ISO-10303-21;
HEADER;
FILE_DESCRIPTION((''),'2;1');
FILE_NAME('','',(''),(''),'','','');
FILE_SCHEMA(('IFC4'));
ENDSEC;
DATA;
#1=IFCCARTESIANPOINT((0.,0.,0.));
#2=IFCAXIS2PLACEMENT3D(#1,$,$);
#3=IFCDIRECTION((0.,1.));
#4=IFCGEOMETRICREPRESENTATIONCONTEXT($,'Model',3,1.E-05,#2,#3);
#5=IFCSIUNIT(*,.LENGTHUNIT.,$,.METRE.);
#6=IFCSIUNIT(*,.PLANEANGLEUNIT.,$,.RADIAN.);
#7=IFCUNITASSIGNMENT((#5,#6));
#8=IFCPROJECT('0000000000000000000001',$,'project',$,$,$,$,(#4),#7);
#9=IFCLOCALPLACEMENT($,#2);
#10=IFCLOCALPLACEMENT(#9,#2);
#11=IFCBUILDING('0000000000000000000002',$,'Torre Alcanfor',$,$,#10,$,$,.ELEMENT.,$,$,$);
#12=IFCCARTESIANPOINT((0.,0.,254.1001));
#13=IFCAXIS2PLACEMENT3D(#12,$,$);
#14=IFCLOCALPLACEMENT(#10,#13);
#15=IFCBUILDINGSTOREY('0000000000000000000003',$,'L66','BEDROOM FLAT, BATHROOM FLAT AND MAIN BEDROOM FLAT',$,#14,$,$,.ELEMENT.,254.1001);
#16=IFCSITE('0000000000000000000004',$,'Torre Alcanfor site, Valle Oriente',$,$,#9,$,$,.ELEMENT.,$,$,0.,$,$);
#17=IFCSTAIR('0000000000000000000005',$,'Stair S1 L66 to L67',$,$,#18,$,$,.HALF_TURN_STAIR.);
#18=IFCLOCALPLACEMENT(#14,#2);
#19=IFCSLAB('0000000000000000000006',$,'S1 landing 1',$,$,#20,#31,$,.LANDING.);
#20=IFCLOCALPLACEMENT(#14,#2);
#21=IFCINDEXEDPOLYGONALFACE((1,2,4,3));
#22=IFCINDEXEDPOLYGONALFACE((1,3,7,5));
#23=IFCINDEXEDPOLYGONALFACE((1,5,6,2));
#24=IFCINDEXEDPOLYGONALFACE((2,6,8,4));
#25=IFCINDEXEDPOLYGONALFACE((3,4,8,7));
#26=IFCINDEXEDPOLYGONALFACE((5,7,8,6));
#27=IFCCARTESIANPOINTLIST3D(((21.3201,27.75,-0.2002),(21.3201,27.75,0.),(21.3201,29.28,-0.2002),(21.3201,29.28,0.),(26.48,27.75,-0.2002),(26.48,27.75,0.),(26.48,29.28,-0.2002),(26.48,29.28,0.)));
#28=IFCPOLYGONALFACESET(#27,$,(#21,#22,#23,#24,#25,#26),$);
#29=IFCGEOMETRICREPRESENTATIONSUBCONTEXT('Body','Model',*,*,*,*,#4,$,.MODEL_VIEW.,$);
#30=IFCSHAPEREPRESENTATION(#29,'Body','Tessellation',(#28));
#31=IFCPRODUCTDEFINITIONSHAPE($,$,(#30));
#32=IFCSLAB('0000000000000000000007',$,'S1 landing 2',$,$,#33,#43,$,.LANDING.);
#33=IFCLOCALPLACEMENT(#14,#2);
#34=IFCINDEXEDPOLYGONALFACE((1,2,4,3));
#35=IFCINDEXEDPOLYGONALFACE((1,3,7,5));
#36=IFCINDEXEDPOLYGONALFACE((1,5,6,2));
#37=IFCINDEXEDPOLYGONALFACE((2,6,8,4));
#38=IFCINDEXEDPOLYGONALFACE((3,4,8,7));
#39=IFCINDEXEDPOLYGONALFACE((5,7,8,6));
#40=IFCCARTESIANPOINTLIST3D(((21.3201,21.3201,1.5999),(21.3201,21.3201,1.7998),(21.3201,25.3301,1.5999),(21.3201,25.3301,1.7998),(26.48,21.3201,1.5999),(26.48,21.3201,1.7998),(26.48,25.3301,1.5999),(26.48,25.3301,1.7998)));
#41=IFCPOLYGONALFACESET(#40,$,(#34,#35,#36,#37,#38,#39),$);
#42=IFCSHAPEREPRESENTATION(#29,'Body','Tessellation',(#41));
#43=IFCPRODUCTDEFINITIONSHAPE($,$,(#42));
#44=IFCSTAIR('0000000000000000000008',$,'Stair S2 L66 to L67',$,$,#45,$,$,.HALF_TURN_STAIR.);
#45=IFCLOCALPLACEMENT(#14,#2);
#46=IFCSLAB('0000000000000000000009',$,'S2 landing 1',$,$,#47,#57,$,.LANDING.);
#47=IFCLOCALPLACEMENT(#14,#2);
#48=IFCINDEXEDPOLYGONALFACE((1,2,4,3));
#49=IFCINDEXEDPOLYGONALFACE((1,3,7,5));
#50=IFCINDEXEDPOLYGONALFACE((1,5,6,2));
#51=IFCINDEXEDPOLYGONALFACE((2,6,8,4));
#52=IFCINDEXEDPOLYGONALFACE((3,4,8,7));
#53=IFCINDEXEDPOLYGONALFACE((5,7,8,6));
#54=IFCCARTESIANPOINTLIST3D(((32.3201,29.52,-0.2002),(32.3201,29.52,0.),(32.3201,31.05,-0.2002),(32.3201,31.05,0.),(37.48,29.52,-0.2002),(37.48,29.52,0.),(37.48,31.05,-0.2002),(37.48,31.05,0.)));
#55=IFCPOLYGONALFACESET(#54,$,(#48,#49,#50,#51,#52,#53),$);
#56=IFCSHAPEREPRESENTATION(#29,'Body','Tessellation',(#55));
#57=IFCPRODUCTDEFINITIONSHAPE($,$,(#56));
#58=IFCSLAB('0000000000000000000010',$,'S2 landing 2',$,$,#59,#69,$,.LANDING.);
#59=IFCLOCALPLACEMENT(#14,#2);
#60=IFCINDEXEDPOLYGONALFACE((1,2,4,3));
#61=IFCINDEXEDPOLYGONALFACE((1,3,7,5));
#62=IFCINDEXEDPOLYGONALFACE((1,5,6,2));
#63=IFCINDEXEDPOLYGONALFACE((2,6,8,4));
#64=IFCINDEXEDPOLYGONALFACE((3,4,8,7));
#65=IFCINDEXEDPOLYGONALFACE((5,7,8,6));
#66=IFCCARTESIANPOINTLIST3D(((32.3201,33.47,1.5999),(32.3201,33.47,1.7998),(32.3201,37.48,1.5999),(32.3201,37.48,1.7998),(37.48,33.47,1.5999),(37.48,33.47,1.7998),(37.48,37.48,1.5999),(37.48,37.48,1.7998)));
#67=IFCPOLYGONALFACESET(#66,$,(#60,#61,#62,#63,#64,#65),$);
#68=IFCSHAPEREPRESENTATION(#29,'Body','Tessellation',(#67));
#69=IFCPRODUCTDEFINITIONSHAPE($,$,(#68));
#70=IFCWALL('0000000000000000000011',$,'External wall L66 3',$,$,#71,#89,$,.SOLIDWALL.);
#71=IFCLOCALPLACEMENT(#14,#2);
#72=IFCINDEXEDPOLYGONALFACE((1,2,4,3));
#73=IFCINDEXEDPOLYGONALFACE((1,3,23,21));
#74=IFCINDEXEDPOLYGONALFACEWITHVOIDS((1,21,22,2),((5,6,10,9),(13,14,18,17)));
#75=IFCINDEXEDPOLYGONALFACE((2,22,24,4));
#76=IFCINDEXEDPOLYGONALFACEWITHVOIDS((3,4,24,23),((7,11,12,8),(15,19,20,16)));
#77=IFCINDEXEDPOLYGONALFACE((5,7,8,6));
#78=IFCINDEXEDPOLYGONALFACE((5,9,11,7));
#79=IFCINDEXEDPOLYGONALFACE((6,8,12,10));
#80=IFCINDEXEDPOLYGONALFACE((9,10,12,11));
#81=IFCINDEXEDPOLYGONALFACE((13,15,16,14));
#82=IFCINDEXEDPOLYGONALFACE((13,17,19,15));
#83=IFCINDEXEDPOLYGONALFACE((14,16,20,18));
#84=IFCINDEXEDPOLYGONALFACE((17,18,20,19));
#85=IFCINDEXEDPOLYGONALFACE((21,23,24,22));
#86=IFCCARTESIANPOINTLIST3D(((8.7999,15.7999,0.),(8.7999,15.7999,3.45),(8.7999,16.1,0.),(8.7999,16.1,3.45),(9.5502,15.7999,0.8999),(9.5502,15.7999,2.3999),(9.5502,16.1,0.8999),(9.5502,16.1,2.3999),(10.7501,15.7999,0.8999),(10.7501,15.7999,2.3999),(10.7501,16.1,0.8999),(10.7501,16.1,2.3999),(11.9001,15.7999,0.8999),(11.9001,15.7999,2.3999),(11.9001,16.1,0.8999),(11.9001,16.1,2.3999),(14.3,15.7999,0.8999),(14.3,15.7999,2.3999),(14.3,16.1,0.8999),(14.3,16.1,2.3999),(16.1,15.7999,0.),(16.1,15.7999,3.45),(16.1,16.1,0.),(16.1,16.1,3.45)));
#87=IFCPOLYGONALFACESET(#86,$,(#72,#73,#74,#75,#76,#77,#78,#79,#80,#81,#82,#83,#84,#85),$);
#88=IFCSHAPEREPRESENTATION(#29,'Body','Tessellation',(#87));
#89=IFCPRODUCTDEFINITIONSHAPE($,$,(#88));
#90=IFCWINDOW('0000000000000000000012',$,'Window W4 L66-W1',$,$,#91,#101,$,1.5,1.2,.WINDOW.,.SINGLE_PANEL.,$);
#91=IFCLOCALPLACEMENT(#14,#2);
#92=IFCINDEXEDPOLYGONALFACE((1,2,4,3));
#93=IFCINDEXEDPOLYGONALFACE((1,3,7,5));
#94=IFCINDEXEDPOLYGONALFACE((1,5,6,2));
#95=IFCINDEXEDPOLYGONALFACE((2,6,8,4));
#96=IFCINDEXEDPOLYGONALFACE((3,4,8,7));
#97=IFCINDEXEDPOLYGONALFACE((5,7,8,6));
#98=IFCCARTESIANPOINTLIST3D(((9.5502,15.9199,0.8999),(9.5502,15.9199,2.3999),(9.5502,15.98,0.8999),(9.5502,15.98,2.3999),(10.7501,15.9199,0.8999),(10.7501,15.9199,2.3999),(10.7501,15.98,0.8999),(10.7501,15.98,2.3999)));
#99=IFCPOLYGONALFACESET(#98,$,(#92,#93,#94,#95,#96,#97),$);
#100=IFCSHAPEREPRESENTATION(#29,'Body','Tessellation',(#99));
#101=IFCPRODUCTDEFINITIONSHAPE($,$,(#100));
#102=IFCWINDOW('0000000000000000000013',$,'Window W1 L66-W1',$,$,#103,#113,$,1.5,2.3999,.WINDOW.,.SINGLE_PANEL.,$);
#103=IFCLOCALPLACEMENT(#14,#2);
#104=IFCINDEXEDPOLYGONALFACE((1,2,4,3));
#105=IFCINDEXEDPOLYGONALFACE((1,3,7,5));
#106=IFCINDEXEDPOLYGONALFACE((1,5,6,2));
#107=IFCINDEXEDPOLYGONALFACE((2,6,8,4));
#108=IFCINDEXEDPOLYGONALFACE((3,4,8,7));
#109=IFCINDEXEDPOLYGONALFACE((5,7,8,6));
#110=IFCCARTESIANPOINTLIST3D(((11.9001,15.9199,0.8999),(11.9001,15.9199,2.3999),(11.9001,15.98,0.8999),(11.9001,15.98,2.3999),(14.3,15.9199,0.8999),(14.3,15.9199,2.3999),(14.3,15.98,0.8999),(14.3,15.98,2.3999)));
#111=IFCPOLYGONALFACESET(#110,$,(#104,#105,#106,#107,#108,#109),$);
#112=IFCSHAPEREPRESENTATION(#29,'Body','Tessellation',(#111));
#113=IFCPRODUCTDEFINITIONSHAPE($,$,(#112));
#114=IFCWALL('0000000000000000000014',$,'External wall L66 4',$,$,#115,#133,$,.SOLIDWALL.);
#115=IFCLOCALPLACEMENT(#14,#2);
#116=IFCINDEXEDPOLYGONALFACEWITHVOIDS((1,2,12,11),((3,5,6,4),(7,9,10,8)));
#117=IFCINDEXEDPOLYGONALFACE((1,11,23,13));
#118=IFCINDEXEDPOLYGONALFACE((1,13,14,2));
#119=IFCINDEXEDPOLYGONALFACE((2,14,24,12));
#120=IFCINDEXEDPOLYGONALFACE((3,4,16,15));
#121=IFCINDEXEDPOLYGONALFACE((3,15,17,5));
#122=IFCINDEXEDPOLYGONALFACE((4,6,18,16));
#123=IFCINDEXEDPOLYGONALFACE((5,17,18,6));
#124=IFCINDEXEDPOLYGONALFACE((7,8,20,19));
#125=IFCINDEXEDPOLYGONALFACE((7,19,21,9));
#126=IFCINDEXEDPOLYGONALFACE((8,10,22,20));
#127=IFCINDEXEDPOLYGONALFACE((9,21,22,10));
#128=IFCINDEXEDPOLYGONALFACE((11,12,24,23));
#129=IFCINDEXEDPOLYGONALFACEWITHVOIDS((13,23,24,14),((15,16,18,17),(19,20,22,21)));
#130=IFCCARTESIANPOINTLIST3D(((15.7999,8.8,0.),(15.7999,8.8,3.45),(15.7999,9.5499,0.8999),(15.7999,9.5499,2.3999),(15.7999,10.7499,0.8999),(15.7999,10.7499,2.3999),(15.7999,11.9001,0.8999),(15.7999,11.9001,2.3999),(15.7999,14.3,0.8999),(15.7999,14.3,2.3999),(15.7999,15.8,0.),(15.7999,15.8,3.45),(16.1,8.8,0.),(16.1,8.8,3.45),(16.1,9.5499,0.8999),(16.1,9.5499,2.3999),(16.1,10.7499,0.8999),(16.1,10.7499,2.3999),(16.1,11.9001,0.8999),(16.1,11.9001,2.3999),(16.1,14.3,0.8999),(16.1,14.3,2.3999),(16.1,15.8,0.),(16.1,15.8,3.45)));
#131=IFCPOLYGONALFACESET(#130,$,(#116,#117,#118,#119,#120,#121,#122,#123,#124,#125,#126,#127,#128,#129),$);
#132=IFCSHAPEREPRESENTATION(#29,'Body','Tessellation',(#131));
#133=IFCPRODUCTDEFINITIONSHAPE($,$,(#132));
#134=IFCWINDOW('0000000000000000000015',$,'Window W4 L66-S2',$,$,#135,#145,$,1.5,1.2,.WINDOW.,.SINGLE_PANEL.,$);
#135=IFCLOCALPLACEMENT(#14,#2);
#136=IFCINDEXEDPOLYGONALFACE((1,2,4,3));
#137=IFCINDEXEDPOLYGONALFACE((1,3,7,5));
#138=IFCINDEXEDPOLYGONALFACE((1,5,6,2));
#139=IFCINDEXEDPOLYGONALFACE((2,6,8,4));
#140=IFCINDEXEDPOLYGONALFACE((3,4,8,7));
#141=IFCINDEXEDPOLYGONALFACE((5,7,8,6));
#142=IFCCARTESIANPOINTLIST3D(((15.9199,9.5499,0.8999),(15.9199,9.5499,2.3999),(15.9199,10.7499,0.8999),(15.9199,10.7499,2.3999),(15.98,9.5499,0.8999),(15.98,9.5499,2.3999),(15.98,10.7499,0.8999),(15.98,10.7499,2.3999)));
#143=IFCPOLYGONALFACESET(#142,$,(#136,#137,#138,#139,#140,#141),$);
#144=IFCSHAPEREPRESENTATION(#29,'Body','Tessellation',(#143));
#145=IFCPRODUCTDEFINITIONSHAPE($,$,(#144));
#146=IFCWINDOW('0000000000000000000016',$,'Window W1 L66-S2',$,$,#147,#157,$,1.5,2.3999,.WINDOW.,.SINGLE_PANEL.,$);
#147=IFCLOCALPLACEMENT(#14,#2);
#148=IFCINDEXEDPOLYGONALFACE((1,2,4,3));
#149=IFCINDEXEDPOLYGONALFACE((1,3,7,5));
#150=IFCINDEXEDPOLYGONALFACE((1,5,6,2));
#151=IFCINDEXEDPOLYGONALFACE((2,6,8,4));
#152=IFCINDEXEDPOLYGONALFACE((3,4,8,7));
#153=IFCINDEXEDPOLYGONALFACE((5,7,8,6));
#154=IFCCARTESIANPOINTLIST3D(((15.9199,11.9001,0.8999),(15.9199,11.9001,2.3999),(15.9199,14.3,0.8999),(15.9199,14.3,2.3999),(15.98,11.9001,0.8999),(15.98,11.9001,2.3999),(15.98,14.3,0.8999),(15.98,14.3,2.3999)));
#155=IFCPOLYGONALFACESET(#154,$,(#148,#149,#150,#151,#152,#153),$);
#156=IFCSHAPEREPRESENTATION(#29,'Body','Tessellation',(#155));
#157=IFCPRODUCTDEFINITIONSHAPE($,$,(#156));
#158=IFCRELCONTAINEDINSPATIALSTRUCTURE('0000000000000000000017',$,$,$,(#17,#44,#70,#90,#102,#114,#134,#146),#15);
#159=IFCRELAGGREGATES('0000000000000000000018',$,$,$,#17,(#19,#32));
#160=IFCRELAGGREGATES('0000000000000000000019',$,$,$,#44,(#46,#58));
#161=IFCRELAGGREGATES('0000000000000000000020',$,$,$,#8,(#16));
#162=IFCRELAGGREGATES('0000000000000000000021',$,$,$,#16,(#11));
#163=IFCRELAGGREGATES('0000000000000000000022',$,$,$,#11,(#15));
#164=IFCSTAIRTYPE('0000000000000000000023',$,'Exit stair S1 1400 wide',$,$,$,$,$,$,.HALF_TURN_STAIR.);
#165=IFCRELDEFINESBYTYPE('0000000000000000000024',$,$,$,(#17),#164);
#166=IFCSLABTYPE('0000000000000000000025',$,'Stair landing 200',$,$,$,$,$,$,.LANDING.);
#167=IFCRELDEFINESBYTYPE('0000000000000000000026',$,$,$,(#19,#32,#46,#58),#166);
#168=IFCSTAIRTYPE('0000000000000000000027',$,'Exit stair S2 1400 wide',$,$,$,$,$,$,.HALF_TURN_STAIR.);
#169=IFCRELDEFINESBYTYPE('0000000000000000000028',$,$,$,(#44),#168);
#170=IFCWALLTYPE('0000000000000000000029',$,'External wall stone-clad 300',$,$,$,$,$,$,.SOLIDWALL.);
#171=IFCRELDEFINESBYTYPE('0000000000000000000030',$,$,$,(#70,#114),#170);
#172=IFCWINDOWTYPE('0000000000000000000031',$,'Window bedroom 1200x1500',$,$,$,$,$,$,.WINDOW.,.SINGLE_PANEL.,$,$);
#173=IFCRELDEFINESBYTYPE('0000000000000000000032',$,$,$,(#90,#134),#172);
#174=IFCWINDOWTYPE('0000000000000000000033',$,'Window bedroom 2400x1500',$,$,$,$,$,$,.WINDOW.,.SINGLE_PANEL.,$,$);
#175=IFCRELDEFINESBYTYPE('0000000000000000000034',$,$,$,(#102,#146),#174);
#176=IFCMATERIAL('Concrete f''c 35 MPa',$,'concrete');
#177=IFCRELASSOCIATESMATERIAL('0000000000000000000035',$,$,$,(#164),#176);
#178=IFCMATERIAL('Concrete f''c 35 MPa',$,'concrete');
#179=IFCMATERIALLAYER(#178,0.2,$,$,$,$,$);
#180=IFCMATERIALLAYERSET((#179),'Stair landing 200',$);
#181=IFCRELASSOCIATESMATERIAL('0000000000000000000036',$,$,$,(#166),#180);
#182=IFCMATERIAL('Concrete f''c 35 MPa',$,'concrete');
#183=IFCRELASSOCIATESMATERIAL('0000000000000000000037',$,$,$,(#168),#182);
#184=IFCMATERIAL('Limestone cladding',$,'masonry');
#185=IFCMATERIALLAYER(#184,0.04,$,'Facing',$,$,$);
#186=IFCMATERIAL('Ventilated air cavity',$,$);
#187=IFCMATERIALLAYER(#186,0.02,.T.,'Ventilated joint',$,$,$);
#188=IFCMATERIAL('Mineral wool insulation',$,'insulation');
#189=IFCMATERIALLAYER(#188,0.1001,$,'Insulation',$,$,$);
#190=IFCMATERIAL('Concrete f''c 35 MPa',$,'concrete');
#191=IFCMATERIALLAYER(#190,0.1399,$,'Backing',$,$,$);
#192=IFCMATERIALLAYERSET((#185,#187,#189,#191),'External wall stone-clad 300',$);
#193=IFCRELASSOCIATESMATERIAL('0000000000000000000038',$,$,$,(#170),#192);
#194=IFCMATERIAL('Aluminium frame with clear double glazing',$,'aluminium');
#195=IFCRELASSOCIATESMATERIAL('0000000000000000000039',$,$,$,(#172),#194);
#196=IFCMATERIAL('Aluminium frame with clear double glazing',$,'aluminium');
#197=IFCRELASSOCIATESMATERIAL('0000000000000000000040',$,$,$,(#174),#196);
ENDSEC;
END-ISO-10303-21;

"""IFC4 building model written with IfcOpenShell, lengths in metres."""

from ifc_helpers import new_model, si_unit, direction, frame, frame_2d, origin, place, context, subcontext, project, spatial, polyline, rectangle, outline, extrude, material, layer, layer_set, type_object, element, fill, aggregate, save


model = new_model("IFC4")

# Units and contexts
model_context = context("Model", 3, precision=1e-05, world=origin(), true_north=direction((0.0, 1.0)))
body_context = subcontext(model_context, "Body", "Model", "MODEL_VIEW")
ifc_project = project(units=[si_unit("LENGTHUNIT", "METRE"), si_unit("PLANEANGLEUNIT", "RADIAN")], contexts=[model_context])

# Site, building, storey
site_placement = place(None, origin())
site = spatial("IfcSite", under=ifc_project, at=site_placement, Name="Torre Alcanfor site, Valle Oriente", CompositionType="ELEMENT", RefElevation=0.0)
building_placement = place(site_placement, origin())
building = spatial("IfcBuilding", under=site, at=building_placement, Name="Torre Alcanfor", CompositionType="ELEMENT")
storey_placement = place(building_placement, frame((0.0, 0.0, 254.1001)))
storey = spatial("IfcBuildingStorey", under=building, at=storey_placement, Name="L66", Description="BEDROOM FLAT, BATHROOM FLAT AND MAIN BEDROOM FLAT", CompositionType="ELEMENT", Elevation=254.1001)

# Stairs, slabs
ifc_material_1 = material(Name="Concrete f'c 35 MPa", Category="concrete")
stair_type_1 = type_object("IfcStairType", Name="Exit stair S1 1400 wide", PredefinedType="HALF_TURN_STAIR", material=ifc_material_1)
stair_1_placement = place(storey_placement, origin())
stair_1 = element("IfcStair", 1, at=stair_1_placement, inside=storey, type_object=stair_type_1, Name="Stair S1 L66 to L67", PredefinedType="HALF_TURN_STAIR")
ifc_material_2 = material(Name="Concrete f'c 35 MPa", Category="concrete")
ifc_layer_1 = layer(ifc_material_2, 0.2)
ifc_layer_set_1 = layer_set([ifc_layer_1], Name="Stair landing 200")
slab_type_1 = type_object("IfcSlabType", Name="Stair landing 200", PredefinedType="LANDING", material=ifc_layer_set_1)
slab_1_placement = place(storey_placement, frame((0.0, 0.0, -0.2002)))
slab_1 = element("IfcSlab", 2, at=slab_1_placement, type_object=slab_type_1, Name="S1 landing 1", PredefinedType="LANDING", context=body_context, shape_type="SweptSolid", body=[
    extrude(outline(polyline([(21.3201, 27.75), (26.48, 27.75), (26.48, 29.28), (21.3201, 29.28), (21.3201, 27.75)])), origin(), (0.0, 0.0, 1.0), 0.2002),
])
slab_2_placement = place(storey_placement, frame((0.0, 0.0, 1.5999)))
slab_2 = element("IfcSlab", 3, at=slab_2_placement, type_object=slab_type_1, Name="S1 landing 2", PredefinedType="LANDING", context=body_context, shape_type="SweptSolid", body=[
    extrude(outline(polyline([(21.3201, 21.3201), (26.48, 21.3201), (26.48, 25.3301), (21.3201, 25.3301), (21.3201, 21.3201)])), origin(), (0.0, 0.0, 1.0), 0.2),
])
aggregate(stair_1, [slab_1, slab_2])
ifc_material_3 = material(Name="Concrete f'c 35 MPa", Category="concrete")
stair_type_2 = type_object("IfcStairType", Name="Exit stair S2 1400 wide", PredefinedType="HALF_TURN_STAIR", material=ifc_material_3)
stair_2_placement = place(storey_placement, origin())
stair_2 = element("IfcStair", 4, at=stair_2_placement, inside=storey, type_object=stair_type_2, Name="Stair S2 L66 to L67", PredefinedType="HALF_TURN_STAIR")
slab_3_placement = place(storey_placement, frame((0.0, 0.0, -0.2002)))
slab_3 = element("IfcSlab", 5, at=slab_3_placement, type_object=slab_type_1, Name="S2 landing 1", PredefinedType="LANDING", context=body_context, shape_type="SweptSolid", body=[
    extrude(outline(polyline([(32.3201, 29.52), (37.48, 29.52), (37.48, 31.05), (32.3201, 31.05), (32.3201, 29.52)])), origin(), (0.0, 0.0, 1.0), 0.2002),
])
slab_4_placement = place(storey_placement, frame((0.0, 0.0, 1.5999)))
slab_4 = element("IfcSlab", 6, at=slab_4_placement, type_object=slab_type_1, Name="S2 landing 2", PredefinedType="LANDING", context=body_context, shape_type="SweptSolid", body=[
    extrude(outline(polyline([(32.3201, 33.47), (37.48, 33.47), (37.48, 37.48), (32.3201, 37.48), (32.3201, 33.47)])), origin(), (0.0, 0.0, 1.0), 0.2),
])
aggregate(stair_2, [slab_3, slab_4])

# Walls, openings, windows
ifc_material_4 = material(Name="Limestone cladding", Category="masonry")
ifc_layer_2 = layer(ifc_material_4, 0.04, Name="Facing")
ifc_material_5 = material(Name="Ventilated air cavity")
ifc_layer_3 = layer(ifc_material_5, 0.02, ventilated=True, Name="Ventilated joint")
ifc_material_6 = material(Name="Mineral wool insulation", Category="insulation")
ifc_layer_4 = layer(ifc_material_6, 0.1001, Name="Insulation")
ifc_material_7 = material(Name="Concrete f'c 35 MPa", Category="concrete")
ifc_layer_5 = layer(ifc_material_7, 0.1399, Name="Backing")
ifc_layer_set_2 = layer_set([ifc_layer_2, ifc_layer_3, ifc_layer_4, ifc_layer_5], Name="External wall stone-clad 300")
wall_type_1 = type_object("IfcWallType", Name="External wall stone-clad 300", PredefinedType="SOLIDWALL", material=ifc_layer_set_2)
wall_1_placement = place(storey_placement, frame((8.8, 15.95, 0.0), z_axis=(0.0, 0.0, 1.0), x_axis=(1.0, 0.0, 0.0)))
wall_1 = element("IfcWall", 7, at=wall_1_placement, inside=storey, type_object=wall_type_1, Name="External wall L66 3", PredefinedType="SOLIDWALL", context=body_context, shape_type="SweptSolid", body=[
    extrude(rectangle(XDim=7.3, YDim=0.3, at=frame_2d((3.6499, 0.0))), origin(), (0.0, 0.0, 1.0), 3.45),
])
opening_1_placement = place(wall_1_placement, frame((3.1001, 0.0, 0.8999)))
opening_1 = element("IfcOpeningElement", 8, at=opening_1_placement, cuts=wall_1, PredefinedType="OPENING", context=body_context, shape_type="SweptSolid", body=[
    extrude(rectangle(XDim=2.3999, YDim=1.5, at=frame_2d((1.2, 0.75))), frame((0.0, 0.1599, 0.0), z_axis=(0.0, -1.0, 0.0), x_axis=(1.0, 0.0, 0.0)), (0.0, 0.0, 1.0), 0.3201),
])
opening_2_placement = place(wall_1_placement, frame((0.75, 0.0, 0.8999)))
opening_2 = element("IfcOpeningElement", 9, at=opening_2_placement, cuts=wall_1, PredefinedType="OPENING", context=body_context, shape_type="SweptSolid", body=[
    extrude(rectangle(XDim=1.2, YDim=1.5, at=frame_2d((0.6001, 0.75))), frame((0.0, 0.1599, 0.0), z_axis=(0.0, -1.0, 0.0), x_axis=(1.0, 0.0, 0.0)), (0.0, 0.0, 1.0), 0.3201),
])
ifc_material_8 = material(Name="Aluminium frame with clear double glazing", Category="aluminium")
window_type_1 = type_object("IfcWindowType", Name="Window bedroom 1200x1500", PartitioningType="SINGLE_PANEL", PredefinedType="WINDOW", material=ifc_material_8)
window_1_placement = place(opening_2_placement, origin())
window_1 = element("IfcWindow", 10, at=window_1_placement, inside=storey, type_object=window_type_1, Name="Window W4 L66-W1", OverallHeight=1.5, OverallWidth=1.2, PartitioningType="SINGLE_PANEL", PredefinedType="WINDOW", context=body_context, shape_type="SweptSolid", body=[
    extrude(rectangle(XDim=1.2, YDim=1.5, at=frame_2d((0.6001, 0.75))), frame((0.0, 0.03, 0.0), z_axis=(0.0, -1.0, 0.0), x_axis=(1.0, 0.0, 0.0)), (0.0, 0.0, 1.0), 0.0601),
])
fill(opening_2, window_1)
ifc_material_9 = material(Name="Aluminium frame with clear double glazing", Category="aluminium")
window_type_2 = type_object("IfcWindowType", Name="Window bedroom 2400x1500", PartitioningType="SINGLE_PANEL", PredefinedType="WINDOW", material=ifc_material_9)
window_2_placement = place(opening_1_placement, origin())
window_2 = element("IfcWindow", 11, at=window_2_placement, inside=storey, type_object=window_type_2, Name="Window W1 L66-W1", OverallHeight=1.5, OverallWidth=2.3999, PartitioningType="SINGLE_PANEL", PredefinedType="WINDOW", context=body_context, shape_type="SweptSolid", body=[
    extrude(rectangle(XDim=2.3999, YDim=1.5, at=frame_2d((1.2, 0.75))), frame((0.0, 0.03, 0.0), z_axis=(0.0, -1.0, 0.0), x_axis=(1.0, 0.0, 0.0)), (0.0, 0.0, 1.0), 0.0601),
])
fill(opening_1, window_2)
wall_2_placement = place(storey_placement, frame((15.95, 15.8, 0.0), z_axis=(0.0, 0.0, 1.0), x_axis=(0.0, -1.0, 0.0)))
wall_2 = element("IfcWall", 12, at=wall_2_placement, inside=storey, type_object=wall_type_1, Name="External wall L66 4", PredefinedType="SOLIDWALL", context=body_context, shape_type="SweptSolid", body=[
    extrude(rectangle(XDim=7.0, YDim=0.3, at=frame_2d((3.5, 0.0))), origin(), (0.0, 0.0, 1.0), 3.45),
])
opening_3_placement = place(wall_2_placement, frame((1.5, 0.0, 0.8999)))
opening_3 = element("IfcOpeningElement", 13, at=opening_3_placement, cuts=wall_2, PredefinedType="OPENING", context=body_context, shape_type="SweptSolid", body=[
    extrude(rectangle(XDim=2.3999, YDim=1.5, at=frame_2d((1.2, 0.75))), frame((0.0, 0.1599, 0.0), z_axis=(0.0, -1.0, 0.0), x_axis=(1.0, 0.0, 0.0)), (0.0, 0.0, 1.0), 0.3201),
])
opening_4_placement = place(wall_2_placement, frame((5.05, 0.0, 0.8999)))
opening_4 = element("IfcOpeningElement", 14, at=opening_4_placement, cuts=wall_2, PredefinedType="OPENING", context=body_context, shape_type="SweptSolid", body=[
    extrude(rectangle(XDim=1.2, YDim=1.5, at=frame_2d((0.6001, 0.75))), frame((0.0, 0.1599, 0.0), z_axis=(0.0, -1.0, 0.0), x_axis=(1.0, 0.0, 0.0)), (0.0, 0.0, 1.0), 0.3201),
])
window_3_placement = place(opening_4_placement, origin())
window_3 = element("IfcWindow", 15, at=window_3_placement, inside=storey, type_object=window_type_1, Name="Window W4 L66-S2", OverallHeight=1.5, OverallWidth=1.2, PartitioningType="SINGLE_PANEL", PredefinedType="WINDOW", context=body_context, shape_type="SweptSolid", body=[
    extrude(rectangle(XDim=1.2, YDim=1.5, at=frame_2d((0.6001, 0.75))), frame((0.0, 0.03, 0.0), z_axis=(0.0, -1.0, 0.0), x_axis=(1.0, 0.0, 0.0)), (0.0, 0.0, 1.0), 0.0601),
])
fill(opening_4, window_3)
window_4_placement = place(opening_3_placement, origin())
window_4 = element("IfcWindow", 16, at=window_4_placement, inside=storey, type_object=window_type_2, Name="Window W1 L66-S2", OverallHeight=1.5, OverallWidth=2.3999, PartitioningType="SINGLE_PANEL", PredefinedType="WINDOW", context=body_context, shape_type="SweptSolid", body=[
    extrude(rectangle(XDim=2.3999, YDim=1.5, at=frame_2d((1.2, 0.75))), frame((0.0, 0.03, 0.0), z_axis=(0.0, -1.0, 0.0), x_axis=(1.0, 0.0, 0.0)), (0.0, 0.0, 1.0), 0.0601),
])
fill(opening_3, window_4)

save(model, "model.ifc")
